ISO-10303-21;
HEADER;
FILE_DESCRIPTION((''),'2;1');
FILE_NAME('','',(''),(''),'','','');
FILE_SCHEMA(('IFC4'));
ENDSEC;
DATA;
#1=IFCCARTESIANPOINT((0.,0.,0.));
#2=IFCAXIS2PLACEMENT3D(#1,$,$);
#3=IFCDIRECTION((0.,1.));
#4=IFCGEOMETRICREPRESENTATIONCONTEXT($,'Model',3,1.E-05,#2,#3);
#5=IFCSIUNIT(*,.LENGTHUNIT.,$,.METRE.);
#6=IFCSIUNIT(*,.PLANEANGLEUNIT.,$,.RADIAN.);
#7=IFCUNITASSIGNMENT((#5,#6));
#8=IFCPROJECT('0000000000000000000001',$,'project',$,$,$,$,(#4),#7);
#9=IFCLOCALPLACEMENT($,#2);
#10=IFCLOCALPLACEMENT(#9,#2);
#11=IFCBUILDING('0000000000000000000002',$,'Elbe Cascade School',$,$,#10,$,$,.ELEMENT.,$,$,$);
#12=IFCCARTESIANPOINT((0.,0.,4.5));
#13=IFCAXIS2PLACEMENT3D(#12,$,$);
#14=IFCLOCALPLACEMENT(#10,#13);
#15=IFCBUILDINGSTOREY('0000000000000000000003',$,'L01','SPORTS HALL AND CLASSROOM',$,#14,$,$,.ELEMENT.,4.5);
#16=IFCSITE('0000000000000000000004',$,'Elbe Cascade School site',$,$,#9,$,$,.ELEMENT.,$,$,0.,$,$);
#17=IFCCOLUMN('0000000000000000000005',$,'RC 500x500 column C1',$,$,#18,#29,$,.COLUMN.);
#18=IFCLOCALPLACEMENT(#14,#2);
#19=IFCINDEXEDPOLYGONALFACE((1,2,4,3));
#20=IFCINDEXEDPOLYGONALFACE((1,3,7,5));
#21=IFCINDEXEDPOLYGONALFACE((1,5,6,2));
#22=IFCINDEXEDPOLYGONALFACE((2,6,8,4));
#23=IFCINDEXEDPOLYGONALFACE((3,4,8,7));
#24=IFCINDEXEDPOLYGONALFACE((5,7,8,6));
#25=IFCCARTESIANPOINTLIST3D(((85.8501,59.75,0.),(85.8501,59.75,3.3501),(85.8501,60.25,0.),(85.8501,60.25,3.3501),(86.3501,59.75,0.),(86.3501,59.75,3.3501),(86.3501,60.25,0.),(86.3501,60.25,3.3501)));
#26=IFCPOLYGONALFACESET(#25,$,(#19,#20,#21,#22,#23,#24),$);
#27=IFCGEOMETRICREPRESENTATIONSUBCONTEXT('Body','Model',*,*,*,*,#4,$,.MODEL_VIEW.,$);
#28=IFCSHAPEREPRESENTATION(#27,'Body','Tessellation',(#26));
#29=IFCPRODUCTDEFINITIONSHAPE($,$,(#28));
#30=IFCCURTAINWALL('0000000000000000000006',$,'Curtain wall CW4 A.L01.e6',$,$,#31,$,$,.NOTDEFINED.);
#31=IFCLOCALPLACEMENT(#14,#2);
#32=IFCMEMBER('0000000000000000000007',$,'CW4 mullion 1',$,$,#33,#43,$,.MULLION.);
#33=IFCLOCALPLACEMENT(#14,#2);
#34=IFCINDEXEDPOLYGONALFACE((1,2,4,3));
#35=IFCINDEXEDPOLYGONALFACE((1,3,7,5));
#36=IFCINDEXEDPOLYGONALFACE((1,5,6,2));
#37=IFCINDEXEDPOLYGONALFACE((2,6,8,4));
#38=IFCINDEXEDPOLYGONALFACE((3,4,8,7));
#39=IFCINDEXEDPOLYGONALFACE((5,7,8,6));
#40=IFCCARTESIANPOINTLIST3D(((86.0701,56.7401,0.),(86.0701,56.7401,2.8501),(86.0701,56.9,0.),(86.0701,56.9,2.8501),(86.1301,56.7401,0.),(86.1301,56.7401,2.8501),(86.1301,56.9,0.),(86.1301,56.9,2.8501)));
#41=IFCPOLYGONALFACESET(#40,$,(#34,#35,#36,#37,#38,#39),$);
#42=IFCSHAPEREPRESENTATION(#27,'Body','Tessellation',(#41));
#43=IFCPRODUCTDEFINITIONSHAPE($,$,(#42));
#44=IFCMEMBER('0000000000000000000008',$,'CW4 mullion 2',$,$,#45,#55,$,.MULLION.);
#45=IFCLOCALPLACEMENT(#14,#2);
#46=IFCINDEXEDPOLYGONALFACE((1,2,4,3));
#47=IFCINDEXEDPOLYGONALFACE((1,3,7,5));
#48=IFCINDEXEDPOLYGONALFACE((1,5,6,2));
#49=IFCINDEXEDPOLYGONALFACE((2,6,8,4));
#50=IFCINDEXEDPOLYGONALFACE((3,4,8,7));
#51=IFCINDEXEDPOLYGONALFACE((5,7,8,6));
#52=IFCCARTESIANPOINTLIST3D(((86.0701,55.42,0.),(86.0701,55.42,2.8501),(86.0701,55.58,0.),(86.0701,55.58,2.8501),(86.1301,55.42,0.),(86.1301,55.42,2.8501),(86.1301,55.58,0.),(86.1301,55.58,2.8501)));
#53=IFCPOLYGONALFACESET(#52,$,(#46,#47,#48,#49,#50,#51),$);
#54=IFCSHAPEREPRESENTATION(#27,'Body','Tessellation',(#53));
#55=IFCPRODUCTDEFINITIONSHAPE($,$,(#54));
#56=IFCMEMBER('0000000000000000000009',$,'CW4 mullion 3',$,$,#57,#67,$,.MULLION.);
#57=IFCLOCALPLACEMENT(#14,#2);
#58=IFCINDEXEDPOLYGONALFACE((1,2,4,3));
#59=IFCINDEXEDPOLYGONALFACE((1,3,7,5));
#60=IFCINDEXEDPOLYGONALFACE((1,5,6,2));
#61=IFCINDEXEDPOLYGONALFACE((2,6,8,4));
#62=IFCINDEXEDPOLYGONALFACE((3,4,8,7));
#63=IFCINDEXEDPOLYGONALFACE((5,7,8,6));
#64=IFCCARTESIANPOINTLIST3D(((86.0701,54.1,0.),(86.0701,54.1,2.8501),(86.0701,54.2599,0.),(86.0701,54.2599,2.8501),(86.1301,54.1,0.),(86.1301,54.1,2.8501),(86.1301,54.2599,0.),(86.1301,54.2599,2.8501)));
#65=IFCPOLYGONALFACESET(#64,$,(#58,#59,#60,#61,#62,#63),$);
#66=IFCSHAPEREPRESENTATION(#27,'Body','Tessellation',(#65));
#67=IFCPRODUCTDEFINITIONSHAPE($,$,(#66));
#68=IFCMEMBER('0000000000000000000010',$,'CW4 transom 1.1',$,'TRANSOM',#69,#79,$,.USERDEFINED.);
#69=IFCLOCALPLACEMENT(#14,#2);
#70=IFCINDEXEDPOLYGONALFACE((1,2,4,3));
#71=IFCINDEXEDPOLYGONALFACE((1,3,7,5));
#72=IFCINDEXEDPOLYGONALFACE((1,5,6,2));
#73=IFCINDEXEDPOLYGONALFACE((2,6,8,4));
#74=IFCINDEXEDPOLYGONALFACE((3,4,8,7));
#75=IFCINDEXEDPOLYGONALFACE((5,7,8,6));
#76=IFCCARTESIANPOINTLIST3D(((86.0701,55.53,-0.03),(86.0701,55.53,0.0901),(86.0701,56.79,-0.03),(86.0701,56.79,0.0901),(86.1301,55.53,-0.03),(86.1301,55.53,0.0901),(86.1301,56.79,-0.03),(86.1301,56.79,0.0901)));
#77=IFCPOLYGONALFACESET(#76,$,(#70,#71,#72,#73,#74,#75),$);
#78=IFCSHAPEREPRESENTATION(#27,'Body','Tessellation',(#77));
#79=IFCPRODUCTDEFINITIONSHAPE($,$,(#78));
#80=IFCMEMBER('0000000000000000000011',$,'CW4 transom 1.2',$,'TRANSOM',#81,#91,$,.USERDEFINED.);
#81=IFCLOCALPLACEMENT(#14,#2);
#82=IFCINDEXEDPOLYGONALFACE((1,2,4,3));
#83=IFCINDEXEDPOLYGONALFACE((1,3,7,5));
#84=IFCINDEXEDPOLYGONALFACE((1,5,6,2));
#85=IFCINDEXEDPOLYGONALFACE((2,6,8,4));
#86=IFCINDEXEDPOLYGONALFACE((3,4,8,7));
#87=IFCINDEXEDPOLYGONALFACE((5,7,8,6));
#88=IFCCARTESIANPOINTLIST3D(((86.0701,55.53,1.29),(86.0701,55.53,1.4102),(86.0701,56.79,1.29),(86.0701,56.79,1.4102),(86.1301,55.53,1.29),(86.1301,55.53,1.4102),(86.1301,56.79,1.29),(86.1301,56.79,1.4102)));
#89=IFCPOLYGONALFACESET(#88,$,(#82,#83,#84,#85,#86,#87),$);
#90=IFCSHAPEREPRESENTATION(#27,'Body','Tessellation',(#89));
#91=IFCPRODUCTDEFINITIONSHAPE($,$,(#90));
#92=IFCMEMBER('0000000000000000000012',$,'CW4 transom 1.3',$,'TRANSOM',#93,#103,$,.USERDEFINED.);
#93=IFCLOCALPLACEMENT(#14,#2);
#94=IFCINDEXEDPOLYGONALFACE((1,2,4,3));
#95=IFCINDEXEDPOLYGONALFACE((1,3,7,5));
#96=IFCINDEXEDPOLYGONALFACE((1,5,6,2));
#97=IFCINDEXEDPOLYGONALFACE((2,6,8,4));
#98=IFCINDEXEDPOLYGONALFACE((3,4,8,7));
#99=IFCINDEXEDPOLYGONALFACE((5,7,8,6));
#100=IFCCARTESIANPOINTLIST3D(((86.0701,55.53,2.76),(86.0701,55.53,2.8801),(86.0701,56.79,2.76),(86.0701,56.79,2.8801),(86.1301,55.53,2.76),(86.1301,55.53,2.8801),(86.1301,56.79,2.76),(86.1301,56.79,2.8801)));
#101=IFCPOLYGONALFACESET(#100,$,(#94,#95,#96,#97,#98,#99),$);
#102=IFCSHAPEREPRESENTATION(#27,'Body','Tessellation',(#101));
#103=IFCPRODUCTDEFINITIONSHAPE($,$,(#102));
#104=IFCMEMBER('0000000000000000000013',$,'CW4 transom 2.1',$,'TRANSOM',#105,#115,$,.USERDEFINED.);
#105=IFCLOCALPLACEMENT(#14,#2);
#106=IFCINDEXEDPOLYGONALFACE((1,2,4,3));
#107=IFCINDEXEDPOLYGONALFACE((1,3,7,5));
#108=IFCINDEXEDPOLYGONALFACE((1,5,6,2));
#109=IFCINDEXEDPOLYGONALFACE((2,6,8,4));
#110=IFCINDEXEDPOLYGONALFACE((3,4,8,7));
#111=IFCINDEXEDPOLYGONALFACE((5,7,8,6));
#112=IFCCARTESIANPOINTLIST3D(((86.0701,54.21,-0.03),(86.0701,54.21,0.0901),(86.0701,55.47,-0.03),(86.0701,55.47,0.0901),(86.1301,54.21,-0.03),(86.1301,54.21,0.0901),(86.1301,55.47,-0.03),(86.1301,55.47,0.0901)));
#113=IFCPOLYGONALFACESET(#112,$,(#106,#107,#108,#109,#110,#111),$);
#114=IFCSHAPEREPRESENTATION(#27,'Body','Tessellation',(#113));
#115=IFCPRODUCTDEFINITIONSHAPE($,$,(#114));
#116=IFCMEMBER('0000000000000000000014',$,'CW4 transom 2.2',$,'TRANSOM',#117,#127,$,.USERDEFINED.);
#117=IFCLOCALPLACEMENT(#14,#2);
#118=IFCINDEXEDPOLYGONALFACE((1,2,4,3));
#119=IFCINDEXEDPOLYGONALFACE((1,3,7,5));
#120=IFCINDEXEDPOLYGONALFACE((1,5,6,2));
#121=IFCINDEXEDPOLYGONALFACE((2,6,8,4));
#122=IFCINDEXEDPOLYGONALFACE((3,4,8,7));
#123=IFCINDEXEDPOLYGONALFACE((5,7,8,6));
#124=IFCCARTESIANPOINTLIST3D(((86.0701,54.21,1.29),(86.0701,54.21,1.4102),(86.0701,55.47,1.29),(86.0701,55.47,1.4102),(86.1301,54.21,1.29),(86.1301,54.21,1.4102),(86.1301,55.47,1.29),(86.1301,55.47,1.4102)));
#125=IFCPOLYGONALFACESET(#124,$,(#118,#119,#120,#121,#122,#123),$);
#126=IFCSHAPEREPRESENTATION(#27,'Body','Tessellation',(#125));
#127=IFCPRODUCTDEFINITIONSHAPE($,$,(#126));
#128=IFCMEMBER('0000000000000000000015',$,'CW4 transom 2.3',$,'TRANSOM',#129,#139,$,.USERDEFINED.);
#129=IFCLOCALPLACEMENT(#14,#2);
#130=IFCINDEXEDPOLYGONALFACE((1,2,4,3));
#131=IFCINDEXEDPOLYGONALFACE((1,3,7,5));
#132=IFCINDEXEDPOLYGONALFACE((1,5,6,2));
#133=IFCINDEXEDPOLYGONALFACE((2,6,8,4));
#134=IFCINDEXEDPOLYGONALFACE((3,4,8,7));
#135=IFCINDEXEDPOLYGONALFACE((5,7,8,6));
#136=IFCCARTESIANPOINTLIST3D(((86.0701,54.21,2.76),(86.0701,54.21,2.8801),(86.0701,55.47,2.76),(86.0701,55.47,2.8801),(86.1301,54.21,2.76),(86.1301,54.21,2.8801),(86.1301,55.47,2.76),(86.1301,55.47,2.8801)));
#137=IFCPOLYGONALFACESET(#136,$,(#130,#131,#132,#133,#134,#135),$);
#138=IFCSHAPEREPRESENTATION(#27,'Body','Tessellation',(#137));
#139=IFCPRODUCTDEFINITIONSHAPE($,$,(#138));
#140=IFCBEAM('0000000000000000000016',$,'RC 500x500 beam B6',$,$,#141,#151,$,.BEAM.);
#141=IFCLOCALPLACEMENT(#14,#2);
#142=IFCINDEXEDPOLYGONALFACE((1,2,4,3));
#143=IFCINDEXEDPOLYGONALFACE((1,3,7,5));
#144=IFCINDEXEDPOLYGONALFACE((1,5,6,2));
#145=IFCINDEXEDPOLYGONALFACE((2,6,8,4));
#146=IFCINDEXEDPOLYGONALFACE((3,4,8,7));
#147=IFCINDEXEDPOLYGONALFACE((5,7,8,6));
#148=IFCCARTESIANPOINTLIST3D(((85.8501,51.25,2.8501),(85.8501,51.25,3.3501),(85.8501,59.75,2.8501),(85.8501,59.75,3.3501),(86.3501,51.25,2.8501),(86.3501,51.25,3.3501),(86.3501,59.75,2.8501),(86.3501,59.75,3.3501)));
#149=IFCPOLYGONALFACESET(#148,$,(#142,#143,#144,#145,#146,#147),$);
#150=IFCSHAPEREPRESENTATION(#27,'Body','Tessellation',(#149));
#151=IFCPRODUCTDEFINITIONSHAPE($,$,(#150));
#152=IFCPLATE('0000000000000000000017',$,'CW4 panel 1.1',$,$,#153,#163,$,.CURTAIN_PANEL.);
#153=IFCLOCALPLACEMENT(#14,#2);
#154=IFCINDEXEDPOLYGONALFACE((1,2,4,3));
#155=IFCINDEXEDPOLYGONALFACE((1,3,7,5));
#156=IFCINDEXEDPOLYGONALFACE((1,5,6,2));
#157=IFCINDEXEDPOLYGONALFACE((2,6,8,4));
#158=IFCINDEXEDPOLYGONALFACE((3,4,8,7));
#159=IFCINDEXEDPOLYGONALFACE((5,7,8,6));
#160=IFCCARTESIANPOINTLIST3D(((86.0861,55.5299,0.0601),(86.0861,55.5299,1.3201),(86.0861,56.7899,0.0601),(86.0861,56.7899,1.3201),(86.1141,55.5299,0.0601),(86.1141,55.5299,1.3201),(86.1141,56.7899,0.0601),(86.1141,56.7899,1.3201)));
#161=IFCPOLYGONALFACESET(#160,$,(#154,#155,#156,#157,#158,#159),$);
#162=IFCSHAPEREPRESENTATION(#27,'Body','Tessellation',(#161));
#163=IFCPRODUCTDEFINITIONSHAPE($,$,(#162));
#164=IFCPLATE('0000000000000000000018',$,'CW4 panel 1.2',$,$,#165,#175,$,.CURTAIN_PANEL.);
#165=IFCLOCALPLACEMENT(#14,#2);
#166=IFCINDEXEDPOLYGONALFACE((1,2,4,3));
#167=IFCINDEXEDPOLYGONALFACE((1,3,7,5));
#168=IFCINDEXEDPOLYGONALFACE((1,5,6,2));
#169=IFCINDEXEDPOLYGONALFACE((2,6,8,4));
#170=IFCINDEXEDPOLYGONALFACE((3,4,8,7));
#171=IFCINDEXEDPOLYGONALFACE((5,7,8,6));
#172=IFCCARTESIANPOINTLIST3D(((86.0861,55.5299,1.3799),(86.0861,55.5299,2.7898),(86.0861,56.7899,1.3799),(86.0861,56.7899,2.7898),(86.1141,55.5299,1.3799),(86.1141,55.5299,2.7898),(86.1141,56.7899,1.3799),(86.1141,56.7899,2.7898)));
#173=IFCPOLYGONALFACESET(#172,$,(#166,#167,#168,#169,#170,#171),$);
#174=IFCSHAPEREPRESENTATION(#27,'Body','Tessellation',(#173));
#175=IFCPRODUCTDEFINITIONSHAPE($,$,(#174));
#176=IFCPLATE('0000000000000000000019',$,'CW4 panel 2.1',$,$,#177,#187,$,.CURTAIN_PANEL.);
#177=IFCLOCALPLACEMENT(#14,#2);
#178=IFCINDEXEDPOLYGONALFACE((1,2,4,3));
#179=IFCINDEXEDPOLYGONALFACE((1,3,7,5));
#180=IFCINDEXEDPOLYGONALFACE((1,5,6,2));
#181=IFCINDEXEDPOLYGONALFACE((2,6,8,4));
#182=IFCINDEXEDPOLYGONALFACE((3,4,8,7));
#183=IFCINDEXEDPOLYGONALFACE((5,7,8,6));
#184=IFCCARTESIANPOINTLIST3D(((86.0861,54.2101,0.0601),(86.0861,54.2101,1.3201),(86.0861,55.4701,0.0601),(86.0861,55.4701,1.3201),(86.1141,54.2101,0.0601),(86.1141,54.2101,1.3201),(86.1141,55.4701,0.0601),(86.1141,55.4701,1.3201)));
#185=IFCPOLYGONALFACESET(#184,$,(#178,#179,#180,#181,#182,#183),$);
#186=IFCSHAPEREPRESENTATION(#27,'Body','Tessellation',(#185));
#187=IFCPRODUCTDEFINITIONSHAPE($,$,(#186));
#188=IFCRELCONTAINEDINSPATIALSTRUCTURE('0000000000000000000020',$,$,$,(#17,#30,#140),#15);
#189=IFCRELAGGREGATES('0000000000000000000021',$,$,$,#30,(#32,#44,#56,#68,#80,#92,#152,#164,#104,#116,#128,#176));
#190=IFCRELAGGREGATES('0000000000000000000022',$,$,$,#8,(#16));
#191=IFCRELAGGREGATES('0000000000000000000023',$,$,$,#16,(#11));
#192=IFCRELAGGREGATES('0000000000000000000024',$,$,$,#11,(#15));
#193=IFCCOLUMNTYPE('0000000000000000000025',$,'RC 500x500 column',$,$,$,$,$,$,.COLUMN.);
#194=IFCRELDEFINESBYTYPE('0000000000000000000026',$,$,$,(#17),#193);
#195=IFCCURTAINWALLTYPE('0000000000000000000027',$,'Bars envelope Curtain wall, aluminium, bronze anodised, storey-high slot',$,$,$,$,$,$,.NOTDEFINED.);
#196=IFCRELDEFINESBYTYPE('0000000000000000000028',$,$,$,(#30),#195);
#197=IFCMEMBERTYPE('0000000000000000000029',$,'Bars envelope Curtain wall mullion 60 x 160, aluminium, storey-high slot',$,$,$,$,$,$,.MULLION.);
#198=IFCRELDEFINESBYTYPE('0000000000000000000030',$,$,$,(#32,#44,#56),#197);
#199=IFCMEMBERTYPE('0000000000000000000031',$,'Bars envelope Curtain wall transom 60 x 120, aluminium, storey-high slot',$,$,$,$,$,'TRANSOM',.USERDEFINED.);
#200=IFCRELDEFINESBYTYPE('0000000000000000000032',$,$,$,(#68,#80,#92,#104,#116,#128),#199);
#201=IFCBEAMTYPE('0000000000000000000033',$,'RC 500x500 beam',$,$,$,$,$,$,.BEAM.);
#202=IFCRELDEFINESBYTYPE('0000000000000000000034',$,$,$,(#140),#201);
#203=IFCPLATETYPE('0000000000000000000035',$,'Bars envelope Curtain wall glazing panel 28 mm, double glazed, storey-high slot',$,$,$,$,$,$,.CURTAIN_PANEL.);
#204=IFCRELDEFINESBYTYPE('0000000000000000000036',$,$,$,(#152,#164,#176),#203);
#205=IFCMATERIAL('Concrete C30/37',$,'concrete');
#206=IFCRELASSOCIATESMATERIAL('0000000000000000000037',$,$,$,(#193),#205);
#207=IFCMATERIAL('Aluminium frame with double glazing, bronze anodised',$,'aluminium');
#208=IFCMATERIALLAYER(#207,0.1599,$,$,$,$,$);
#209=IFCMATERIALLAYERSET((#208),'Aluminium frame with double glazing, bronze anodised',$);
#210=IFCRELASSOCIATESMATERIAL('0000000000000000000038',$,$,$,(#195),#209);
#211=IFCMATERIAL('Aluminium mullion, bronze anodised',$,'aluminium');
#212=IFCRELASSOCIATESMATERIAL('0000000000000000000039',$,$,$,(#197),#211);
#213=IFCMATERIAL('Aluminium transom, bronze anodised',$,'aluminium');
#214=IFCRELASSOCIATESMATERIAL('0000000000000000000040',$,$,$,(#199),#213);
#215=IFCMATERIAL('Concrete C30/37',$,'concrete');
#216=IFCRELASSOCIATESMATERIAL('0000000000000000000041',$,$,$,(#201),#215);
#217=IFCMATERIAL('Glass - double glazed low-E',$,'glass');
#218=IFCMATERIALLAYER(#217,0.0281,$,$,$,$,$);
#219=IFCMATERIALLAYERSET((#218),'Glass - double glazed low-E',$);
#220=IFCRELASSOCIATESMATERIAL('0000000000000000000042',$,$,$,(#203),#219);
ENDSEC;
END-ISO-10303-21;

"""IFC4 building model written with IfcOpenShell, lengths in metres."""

from ifc_helpers import new_model, si_unit, direction, frame, origin, origin_2d, place, context, subcontext, project, spatial, rectangle, extrude, material, layer, layer_set, material_profile, profile_set, type_object, element, aggregate, save


model = new_model("IFC4")

# Units and contexts
model_context = context("Model", 3, precision=1e-05, world=origin(), true_north=direction((0.0, 1.0)))
body_context = subcontext(model_context, "Body", "Model", "MODEL_VIEW")
ifc_project = project(units=[si_unit("LENGTHUNIT", "METRE"), si_unit("PLANEANGLEUNIT", "RADIAN")], contexts=[model_context])

# Site, building, storey
site_placement = place(None, origin())
site = spatial("IfcSite", under=ifc_project, at=site_placement, Name="Elbe Cascade School site", CompositionType="ELEMENT", RefElevation=0.0)
building_placement = place(site_placement, origin())
building = spatial("IfcBuilding", under=site, at=building_placement, Name="Elbe Cascade School", CompositionType="ELEMENT")
storey_placement = place(building_placement, frame((0.0, 0.0, 4.5)))
storey = spatial("IfcBuildingStorey", under=building, at=storey_placement, Name="L01", Description="SPORTS HALL AND CLASSROOM", CompositionType="ELEMENT", Elevation=4.5)

# Column
ifc_material_1 = material(Name="Concrete C30/37", Category="concrete")
ifc_material_profile_1 = material_profile(ifc_material_1, rectangle(XDim=0.5, YDim=0.5, at=origin_2d()), Name="RC 500x500")
ifc_profile_set_1 = profile_set([ifc_material_profile_1], Name="Concrete C30/37")
column_type = type_object("IfcColumnType", Name="RC 500x500 column", PredefinedType="COLUMN", material=ifc_profile_set_1)
column_placement = place(storey_placement, frame((86.1001, 60.0, 0.0), z_axis=(0.0, 0.0, 1.0), x_axis=(1.0, 0.0, 0.0)))
element("IfcColumn", 1, at=column_placement, inside=storey, type_object=column_type, Name="RC 500x500 column C1", PredefinedType="COLUMN", context=body_context, shape_type="SweptSolid", body=[
    extrude(rectangle(XDim=0.5, YDim=0.5, at=origin_2d()), origin(), (0.0, 0.0, 1.0), 3.3501),
])

# Curtain wall, members
ifc_material_2 = material(Name="Aluminium frame with double glazing, bronze anodised", Category="aluminium")
ifc_layer_1 = layer(ifc_material_2, 0.1599)
ifc_layer_set_1 = layer_set([ifc_layer_1], Name="Aluminium frame with double glazing, bronze anodised")
curtain_wall_type = type_object("IfcCurtainWallType", Name="Bars envelope Curtain wall, aluminium, bronze anodised, storey-high slot", PredefinedType="NOTDEFINED", material=ifc_layer_set_1)
curtain_wall_placement = place(storey_placement, origin())
curtain_wall = element("IfcCurtainWall", 2, at=curtain_wall_placement, inside=storey, type_object=curtain_wall_type, Name="Curtain wall CW4 A.L01.e6", PredefinedType="NOTDEFINED")
ifc_material_3 = material(Name="Aluminium mullion, bronze anodised", Category="aluminium")
ifc_material_profile_2 = material_profile(ifc_material_3, rectangle(XDim=0.0601, YDim=0.1599, at=origin_2d()), Name="Bars envelope Curtain wall mullion 60 x 160, aluminium, storey-high slot")
ifc_profile_set_2 = profile_set([ifc_material_profile_2], Name="Aluminium mullion, bronze anodised")
member_type_1 = type_object("IfcMemberType", Name="Bars envelope Curtain wall mullion 60 x 160, aluminium, storey-high slot", PredefinedType="MULLION", material=ifc_profile_set_2)
member_1_placement = place(storey_placement, frame((86.1001, 56.8201, 0.0), z_axis=(0.0, 0.0, 1.0), x_axis=(1.0, 0.0, 0.0)))
member_1 = element("IfcMember", 3, at=member_1_placement, type_object=member_type_1, Name="CW4 mullion 1", PredefinedType="MULLION", context=body_context, shape_type="SweptSolid", body=[
    extrude(rectangle(XDim=0.0601, YDim=0.1599, at=origin_2d()), origin(), (0.0, 0.0, 1.0), 2.8501),
])
member_2_placement = place(storey_placement, frame((86.1001, 55.5, 0.0), z_axis=(0.0, 0.0, 1.0), x_axis=(1.0, 0.0, 0.0)))
member_2 = element("IfcMember", 4, at=member_2_placement, type_object=member_type_1, Name="CW4 mullion 2", PredefinedType="MULLION", context=body_context, shape_type="SweptSolid", body=[
    extrude(rectangle(XDim=0.0601, YDim=0.1599, at=origin_2d()), origin(), (0.0, 0.0, 1.0), 2.8501),
])
member_3_placement = place(storey_placement, frame((86.1001, 54.1799, 0.0), z_axis=(0.0, 0.0, 1.0), x_axis=(1.0, 0.0, 0.0)))
member_3 = element("IfcMember", 5, at=member_3_placement, type_object=member_type_1, Name="CW4 mullion 3", PredefinedType="MULLION", context=body_context, shape_type="SweptSolid", body=[
    extrude(rectangle(XDim=0.0601, YDim=0.1599, at=origin_2d()), origin(), (0.0, 0.0, 1.0), 2.8501),
])
ifc_material_4 = material(Name="Aluminium transom, bronze anodised", Category="aluminium")
ifc_material_profile_3 = material_profile(ifc_material_4, rectangle(XDim=0.0601, YDim=0.1201, at=origin_2d()), Name="Bars envelope Curtain wall transom 60 x 120, aluminium, storey-high slot")
ifc_profile_set_3 = profile_set([ifc_material_profile_3], Name="Aluminium transom, bronze anodised")
member_type_2 = type_object("IfcMemberType", Name="Bars envelope Curtain wall transom 60 x 120, aluminium, storey-high slot", ElementType="TRANSOM", PredefinedType="USERDEFINED", material=ifc_profile_set_3)
member_4_placement = place(storey_placement, frame((86.1001, 56.79, 0.03), z_axis=(0.0, -1.0, 0.0), x_axis=(1.0, 0.0, 0.0)))
member_4 = element("IfcMember", 6, at=member_4_placement, type_object=member_type_2, Name="CW4 transom 1.1", ObjectType="TRANSOM", PredefinedType="USERDEFINED", context=body_context, shape_type="SweptSolid", body=[
    extrude(rectangle(XDim=0.0601, YDim=0.1201, at=origin_2d()), origin(), (0.0, 0.0, 1.0), 1.26),
])
member_5_placement = place(storey_placement, frame((86.1001, 56.79, 1.3501), z_axis=(0.0, -1.0, 0.0), x_axis=(1.0, 0.0, 0.0)))
member_5 = element("IfcMember", 7, at=member_5_placement, type_object=member_type_2, Name="CW4 transom 1.2", ObjectType="TRANSOM", PredefinedType="USERDEFINED", context=body_context, shape_type="SweptSolid", body=[
    extrude(rectangle(XDim=0.0601, YDim=0.1201, at=origin_2d()), origin(), (0.0, 0.0, 1.0), 1.26),
])
member_6_placement = place(storey_placement, frame((86.1001, 56.79, 2.8201), z_axis=(0.0, -1.0, 0.0), x_axis=(1.0, 0.0, 0.0)))
member_6 = element("IfcMember", 8, at=member_6_placement, type_object=member_type_2, Name="CW4 transom 1.3", ObjectType="TRANSOM", PredefinedType="USERDEFINED", context=body_context, shape_type="SweptSolid", body=[
    extrude(rectangle(XDim=0.0601, YDim=0.1201, at=origin_2d()), origin(), (0.0, 0.0, 1.0), 1.26),
])
member_7_placement = place(storey_placement, frame((86.1001, 55.47, 0.03), z_axis=(0.0, -1.0, 0.0), x_axis=(1.0, 0.0, 0.0)))
member_7 = element("IfcMember", 9, at=member_7_placement, type_object=member_type_2, Name="CW4 transom 2.1", ObjectType="TRANSOM", PredefinedType="USERDEFINED", context=body_context, shape_type="SweptSolid", body=[
    extrude(rectangle(XDim=0.0601, YDim=0.1201, at=origin_2d()), origin(), (0.0, 0.0, 1.0), 1.26),
])
member_8_placement = place(storey_placement, frame((86.1001, 55.47, 1.3501), z_axis=(0.0, -1.0, 0.0), x_axis=(1.0, 0.0, 0.0)))
member_8 = element("IfcMember", 10, at=member_8_placement, type_object=member_type_2, Name="CW4 transom 2.2", ObjectType="TRANSOM", PredefinedType="USERDEFINED", context=body_context, shape_type="SweptSolid", body=[
    extrude(rectangle(XDim=0.0601, YDim=0.1201, at=origin_2d()), origin(), (0.0, 0.0, 1.0), 1.26),
])
member_9_placement = place(storey_placement, frame((86.1001, 55.47, 2.8201), z_axis=(0.0, -1.0, 0.0), x_axis=(1.0, 0.0, 0.0)))
member_9 = element("IfcMember", 11, at=member_9_placement, type_object=member_type_2, Name="CW4 transom 2.3", ObjectType="TRANSOM", PredefinedType="USERDEFINED", context=body_context, shape_type="SweptSolid", body=[
    extrude(rectangle(XDim=0.0601, YDim=0.1201, at=origin_2d()), origin(), (0.0, 0.0, 1.0), 1.26),
])

# Beam
ifc_material_5 = material(Name="Concrete C30/37", Category="concrete")
ifc_material_profile_4 = material_profile(ifc_material_5, rectangle(XDim=0.5, YDim=0.5, at=origin_2d()), Name="RC 500x500")
ifc_profile_set_4 = profile_set([ifc_material_profile_4], Name="Concrete C30/37")
beam_type = type_object("IfcBeamType", Name="RC 500x500 beam", PredefinedType="BEAM", material=ifc_profile_set_4)
beam_placement = place(storey_placement, frame((86.1001, 51.25, 3.1001), z_axis=(0.0, 1.0, 0.0), x_axis=(-1.0, 0.0, 0.0)))
element("IfcBeam", 12, at=beam_placement, inside=storey, type_object=beam_type, Name="RC 500x500 beam B6", PredefinedType="BEAM", context=body_context, shape_type="SweptSolid", body=[
    extrude(rectangle(XDim=0.5, YDim=0.5, at=origin_2d()), origin(), (0.0, 0.0, 1.0), 8.5),
])

# Plates
ifc_material_6 = material(Name="Glass - double glazed low-E", Category="glass")
ifc_layer_2 = layer(ifc_material_6, 0.0281)
ifc_layer_set_2 = layer_set([ifc_layer_2], Name="Glass - double glazed low-E")
plate_type = type_object("IfcPlateType", Name="Bars envelope Curtain wall glazing panel 28 mm, double glazed, storey-high slot", PredefinedType="CURTAIN_PANEL", material=ifc_layer_set_2)
plate_1_placement = place(storey_placement, frame((86.1001, 56.1599, 0.0601), z_axis=(0.0, 0.0, 1.0), x_axis=(0.0, -1.0, 0.0)))
plate_1 = element("IfcPlate", 13, at=plate_1_placement, type_object=plate_type, Name="CW4 panel 1.1", PredefinedType="CURTAIN_PANEL", context=body_context, shape_type="SweptSolid", body=[
    extrude(rectangle(XDim=1.26, YDim=0.0281, at=origin_2d()), origin(), (0.0, 0.0, 1.0), 1.26),
])
plate_2_placement = place(storey_placement, frame((86.1001, 56.1599, 1.3799), z_axis=(0.0, 0.0, 1.0), x_axis=(0.0, -1.0, 0.0)))
plate_2 = element("IfcPlate", 14, at=plate_2_placement, type_object=plate_type, Name="CW4 panel 1.2", PredefinedType="CURTAIN_PANEL", context=body_context, shape_type="SweptSolid", body=[
    extrude(rectangle(XDim=1.26, YDim=0.0281, at=origin_2d()), origin(), (0.0, 0.0, 1.0), 1.4099),
])
plate_3_placement = place(storey_placement, frame((86.1001, 54.8401, 0.0601), z_axis=(0.0, 0.0, 1.0), x_axis=(0.0, -1.0, 0.0)))
plate_3 = element("IfcPlate", 15, at=plate_3_placement, type_object=plate_type, Name="CW4 panel 2.1", PredefinedType="CURTAIN_PANEL", context=body_context, shape_type="SweptSolid", body=[
    extrude(rectangle(XDim=1.26, YDim=0.0281, at=origin_2d()), origin(), (0.0, 0.0, 1.0), 1.26),
])
aggregate(curtain_wall, [member_1, member_2, member_3, member_4, member_5, member_6, plate_1, plate_2, member_7, member_8, member_9, plate_3])

save(model, "model.ifc")
